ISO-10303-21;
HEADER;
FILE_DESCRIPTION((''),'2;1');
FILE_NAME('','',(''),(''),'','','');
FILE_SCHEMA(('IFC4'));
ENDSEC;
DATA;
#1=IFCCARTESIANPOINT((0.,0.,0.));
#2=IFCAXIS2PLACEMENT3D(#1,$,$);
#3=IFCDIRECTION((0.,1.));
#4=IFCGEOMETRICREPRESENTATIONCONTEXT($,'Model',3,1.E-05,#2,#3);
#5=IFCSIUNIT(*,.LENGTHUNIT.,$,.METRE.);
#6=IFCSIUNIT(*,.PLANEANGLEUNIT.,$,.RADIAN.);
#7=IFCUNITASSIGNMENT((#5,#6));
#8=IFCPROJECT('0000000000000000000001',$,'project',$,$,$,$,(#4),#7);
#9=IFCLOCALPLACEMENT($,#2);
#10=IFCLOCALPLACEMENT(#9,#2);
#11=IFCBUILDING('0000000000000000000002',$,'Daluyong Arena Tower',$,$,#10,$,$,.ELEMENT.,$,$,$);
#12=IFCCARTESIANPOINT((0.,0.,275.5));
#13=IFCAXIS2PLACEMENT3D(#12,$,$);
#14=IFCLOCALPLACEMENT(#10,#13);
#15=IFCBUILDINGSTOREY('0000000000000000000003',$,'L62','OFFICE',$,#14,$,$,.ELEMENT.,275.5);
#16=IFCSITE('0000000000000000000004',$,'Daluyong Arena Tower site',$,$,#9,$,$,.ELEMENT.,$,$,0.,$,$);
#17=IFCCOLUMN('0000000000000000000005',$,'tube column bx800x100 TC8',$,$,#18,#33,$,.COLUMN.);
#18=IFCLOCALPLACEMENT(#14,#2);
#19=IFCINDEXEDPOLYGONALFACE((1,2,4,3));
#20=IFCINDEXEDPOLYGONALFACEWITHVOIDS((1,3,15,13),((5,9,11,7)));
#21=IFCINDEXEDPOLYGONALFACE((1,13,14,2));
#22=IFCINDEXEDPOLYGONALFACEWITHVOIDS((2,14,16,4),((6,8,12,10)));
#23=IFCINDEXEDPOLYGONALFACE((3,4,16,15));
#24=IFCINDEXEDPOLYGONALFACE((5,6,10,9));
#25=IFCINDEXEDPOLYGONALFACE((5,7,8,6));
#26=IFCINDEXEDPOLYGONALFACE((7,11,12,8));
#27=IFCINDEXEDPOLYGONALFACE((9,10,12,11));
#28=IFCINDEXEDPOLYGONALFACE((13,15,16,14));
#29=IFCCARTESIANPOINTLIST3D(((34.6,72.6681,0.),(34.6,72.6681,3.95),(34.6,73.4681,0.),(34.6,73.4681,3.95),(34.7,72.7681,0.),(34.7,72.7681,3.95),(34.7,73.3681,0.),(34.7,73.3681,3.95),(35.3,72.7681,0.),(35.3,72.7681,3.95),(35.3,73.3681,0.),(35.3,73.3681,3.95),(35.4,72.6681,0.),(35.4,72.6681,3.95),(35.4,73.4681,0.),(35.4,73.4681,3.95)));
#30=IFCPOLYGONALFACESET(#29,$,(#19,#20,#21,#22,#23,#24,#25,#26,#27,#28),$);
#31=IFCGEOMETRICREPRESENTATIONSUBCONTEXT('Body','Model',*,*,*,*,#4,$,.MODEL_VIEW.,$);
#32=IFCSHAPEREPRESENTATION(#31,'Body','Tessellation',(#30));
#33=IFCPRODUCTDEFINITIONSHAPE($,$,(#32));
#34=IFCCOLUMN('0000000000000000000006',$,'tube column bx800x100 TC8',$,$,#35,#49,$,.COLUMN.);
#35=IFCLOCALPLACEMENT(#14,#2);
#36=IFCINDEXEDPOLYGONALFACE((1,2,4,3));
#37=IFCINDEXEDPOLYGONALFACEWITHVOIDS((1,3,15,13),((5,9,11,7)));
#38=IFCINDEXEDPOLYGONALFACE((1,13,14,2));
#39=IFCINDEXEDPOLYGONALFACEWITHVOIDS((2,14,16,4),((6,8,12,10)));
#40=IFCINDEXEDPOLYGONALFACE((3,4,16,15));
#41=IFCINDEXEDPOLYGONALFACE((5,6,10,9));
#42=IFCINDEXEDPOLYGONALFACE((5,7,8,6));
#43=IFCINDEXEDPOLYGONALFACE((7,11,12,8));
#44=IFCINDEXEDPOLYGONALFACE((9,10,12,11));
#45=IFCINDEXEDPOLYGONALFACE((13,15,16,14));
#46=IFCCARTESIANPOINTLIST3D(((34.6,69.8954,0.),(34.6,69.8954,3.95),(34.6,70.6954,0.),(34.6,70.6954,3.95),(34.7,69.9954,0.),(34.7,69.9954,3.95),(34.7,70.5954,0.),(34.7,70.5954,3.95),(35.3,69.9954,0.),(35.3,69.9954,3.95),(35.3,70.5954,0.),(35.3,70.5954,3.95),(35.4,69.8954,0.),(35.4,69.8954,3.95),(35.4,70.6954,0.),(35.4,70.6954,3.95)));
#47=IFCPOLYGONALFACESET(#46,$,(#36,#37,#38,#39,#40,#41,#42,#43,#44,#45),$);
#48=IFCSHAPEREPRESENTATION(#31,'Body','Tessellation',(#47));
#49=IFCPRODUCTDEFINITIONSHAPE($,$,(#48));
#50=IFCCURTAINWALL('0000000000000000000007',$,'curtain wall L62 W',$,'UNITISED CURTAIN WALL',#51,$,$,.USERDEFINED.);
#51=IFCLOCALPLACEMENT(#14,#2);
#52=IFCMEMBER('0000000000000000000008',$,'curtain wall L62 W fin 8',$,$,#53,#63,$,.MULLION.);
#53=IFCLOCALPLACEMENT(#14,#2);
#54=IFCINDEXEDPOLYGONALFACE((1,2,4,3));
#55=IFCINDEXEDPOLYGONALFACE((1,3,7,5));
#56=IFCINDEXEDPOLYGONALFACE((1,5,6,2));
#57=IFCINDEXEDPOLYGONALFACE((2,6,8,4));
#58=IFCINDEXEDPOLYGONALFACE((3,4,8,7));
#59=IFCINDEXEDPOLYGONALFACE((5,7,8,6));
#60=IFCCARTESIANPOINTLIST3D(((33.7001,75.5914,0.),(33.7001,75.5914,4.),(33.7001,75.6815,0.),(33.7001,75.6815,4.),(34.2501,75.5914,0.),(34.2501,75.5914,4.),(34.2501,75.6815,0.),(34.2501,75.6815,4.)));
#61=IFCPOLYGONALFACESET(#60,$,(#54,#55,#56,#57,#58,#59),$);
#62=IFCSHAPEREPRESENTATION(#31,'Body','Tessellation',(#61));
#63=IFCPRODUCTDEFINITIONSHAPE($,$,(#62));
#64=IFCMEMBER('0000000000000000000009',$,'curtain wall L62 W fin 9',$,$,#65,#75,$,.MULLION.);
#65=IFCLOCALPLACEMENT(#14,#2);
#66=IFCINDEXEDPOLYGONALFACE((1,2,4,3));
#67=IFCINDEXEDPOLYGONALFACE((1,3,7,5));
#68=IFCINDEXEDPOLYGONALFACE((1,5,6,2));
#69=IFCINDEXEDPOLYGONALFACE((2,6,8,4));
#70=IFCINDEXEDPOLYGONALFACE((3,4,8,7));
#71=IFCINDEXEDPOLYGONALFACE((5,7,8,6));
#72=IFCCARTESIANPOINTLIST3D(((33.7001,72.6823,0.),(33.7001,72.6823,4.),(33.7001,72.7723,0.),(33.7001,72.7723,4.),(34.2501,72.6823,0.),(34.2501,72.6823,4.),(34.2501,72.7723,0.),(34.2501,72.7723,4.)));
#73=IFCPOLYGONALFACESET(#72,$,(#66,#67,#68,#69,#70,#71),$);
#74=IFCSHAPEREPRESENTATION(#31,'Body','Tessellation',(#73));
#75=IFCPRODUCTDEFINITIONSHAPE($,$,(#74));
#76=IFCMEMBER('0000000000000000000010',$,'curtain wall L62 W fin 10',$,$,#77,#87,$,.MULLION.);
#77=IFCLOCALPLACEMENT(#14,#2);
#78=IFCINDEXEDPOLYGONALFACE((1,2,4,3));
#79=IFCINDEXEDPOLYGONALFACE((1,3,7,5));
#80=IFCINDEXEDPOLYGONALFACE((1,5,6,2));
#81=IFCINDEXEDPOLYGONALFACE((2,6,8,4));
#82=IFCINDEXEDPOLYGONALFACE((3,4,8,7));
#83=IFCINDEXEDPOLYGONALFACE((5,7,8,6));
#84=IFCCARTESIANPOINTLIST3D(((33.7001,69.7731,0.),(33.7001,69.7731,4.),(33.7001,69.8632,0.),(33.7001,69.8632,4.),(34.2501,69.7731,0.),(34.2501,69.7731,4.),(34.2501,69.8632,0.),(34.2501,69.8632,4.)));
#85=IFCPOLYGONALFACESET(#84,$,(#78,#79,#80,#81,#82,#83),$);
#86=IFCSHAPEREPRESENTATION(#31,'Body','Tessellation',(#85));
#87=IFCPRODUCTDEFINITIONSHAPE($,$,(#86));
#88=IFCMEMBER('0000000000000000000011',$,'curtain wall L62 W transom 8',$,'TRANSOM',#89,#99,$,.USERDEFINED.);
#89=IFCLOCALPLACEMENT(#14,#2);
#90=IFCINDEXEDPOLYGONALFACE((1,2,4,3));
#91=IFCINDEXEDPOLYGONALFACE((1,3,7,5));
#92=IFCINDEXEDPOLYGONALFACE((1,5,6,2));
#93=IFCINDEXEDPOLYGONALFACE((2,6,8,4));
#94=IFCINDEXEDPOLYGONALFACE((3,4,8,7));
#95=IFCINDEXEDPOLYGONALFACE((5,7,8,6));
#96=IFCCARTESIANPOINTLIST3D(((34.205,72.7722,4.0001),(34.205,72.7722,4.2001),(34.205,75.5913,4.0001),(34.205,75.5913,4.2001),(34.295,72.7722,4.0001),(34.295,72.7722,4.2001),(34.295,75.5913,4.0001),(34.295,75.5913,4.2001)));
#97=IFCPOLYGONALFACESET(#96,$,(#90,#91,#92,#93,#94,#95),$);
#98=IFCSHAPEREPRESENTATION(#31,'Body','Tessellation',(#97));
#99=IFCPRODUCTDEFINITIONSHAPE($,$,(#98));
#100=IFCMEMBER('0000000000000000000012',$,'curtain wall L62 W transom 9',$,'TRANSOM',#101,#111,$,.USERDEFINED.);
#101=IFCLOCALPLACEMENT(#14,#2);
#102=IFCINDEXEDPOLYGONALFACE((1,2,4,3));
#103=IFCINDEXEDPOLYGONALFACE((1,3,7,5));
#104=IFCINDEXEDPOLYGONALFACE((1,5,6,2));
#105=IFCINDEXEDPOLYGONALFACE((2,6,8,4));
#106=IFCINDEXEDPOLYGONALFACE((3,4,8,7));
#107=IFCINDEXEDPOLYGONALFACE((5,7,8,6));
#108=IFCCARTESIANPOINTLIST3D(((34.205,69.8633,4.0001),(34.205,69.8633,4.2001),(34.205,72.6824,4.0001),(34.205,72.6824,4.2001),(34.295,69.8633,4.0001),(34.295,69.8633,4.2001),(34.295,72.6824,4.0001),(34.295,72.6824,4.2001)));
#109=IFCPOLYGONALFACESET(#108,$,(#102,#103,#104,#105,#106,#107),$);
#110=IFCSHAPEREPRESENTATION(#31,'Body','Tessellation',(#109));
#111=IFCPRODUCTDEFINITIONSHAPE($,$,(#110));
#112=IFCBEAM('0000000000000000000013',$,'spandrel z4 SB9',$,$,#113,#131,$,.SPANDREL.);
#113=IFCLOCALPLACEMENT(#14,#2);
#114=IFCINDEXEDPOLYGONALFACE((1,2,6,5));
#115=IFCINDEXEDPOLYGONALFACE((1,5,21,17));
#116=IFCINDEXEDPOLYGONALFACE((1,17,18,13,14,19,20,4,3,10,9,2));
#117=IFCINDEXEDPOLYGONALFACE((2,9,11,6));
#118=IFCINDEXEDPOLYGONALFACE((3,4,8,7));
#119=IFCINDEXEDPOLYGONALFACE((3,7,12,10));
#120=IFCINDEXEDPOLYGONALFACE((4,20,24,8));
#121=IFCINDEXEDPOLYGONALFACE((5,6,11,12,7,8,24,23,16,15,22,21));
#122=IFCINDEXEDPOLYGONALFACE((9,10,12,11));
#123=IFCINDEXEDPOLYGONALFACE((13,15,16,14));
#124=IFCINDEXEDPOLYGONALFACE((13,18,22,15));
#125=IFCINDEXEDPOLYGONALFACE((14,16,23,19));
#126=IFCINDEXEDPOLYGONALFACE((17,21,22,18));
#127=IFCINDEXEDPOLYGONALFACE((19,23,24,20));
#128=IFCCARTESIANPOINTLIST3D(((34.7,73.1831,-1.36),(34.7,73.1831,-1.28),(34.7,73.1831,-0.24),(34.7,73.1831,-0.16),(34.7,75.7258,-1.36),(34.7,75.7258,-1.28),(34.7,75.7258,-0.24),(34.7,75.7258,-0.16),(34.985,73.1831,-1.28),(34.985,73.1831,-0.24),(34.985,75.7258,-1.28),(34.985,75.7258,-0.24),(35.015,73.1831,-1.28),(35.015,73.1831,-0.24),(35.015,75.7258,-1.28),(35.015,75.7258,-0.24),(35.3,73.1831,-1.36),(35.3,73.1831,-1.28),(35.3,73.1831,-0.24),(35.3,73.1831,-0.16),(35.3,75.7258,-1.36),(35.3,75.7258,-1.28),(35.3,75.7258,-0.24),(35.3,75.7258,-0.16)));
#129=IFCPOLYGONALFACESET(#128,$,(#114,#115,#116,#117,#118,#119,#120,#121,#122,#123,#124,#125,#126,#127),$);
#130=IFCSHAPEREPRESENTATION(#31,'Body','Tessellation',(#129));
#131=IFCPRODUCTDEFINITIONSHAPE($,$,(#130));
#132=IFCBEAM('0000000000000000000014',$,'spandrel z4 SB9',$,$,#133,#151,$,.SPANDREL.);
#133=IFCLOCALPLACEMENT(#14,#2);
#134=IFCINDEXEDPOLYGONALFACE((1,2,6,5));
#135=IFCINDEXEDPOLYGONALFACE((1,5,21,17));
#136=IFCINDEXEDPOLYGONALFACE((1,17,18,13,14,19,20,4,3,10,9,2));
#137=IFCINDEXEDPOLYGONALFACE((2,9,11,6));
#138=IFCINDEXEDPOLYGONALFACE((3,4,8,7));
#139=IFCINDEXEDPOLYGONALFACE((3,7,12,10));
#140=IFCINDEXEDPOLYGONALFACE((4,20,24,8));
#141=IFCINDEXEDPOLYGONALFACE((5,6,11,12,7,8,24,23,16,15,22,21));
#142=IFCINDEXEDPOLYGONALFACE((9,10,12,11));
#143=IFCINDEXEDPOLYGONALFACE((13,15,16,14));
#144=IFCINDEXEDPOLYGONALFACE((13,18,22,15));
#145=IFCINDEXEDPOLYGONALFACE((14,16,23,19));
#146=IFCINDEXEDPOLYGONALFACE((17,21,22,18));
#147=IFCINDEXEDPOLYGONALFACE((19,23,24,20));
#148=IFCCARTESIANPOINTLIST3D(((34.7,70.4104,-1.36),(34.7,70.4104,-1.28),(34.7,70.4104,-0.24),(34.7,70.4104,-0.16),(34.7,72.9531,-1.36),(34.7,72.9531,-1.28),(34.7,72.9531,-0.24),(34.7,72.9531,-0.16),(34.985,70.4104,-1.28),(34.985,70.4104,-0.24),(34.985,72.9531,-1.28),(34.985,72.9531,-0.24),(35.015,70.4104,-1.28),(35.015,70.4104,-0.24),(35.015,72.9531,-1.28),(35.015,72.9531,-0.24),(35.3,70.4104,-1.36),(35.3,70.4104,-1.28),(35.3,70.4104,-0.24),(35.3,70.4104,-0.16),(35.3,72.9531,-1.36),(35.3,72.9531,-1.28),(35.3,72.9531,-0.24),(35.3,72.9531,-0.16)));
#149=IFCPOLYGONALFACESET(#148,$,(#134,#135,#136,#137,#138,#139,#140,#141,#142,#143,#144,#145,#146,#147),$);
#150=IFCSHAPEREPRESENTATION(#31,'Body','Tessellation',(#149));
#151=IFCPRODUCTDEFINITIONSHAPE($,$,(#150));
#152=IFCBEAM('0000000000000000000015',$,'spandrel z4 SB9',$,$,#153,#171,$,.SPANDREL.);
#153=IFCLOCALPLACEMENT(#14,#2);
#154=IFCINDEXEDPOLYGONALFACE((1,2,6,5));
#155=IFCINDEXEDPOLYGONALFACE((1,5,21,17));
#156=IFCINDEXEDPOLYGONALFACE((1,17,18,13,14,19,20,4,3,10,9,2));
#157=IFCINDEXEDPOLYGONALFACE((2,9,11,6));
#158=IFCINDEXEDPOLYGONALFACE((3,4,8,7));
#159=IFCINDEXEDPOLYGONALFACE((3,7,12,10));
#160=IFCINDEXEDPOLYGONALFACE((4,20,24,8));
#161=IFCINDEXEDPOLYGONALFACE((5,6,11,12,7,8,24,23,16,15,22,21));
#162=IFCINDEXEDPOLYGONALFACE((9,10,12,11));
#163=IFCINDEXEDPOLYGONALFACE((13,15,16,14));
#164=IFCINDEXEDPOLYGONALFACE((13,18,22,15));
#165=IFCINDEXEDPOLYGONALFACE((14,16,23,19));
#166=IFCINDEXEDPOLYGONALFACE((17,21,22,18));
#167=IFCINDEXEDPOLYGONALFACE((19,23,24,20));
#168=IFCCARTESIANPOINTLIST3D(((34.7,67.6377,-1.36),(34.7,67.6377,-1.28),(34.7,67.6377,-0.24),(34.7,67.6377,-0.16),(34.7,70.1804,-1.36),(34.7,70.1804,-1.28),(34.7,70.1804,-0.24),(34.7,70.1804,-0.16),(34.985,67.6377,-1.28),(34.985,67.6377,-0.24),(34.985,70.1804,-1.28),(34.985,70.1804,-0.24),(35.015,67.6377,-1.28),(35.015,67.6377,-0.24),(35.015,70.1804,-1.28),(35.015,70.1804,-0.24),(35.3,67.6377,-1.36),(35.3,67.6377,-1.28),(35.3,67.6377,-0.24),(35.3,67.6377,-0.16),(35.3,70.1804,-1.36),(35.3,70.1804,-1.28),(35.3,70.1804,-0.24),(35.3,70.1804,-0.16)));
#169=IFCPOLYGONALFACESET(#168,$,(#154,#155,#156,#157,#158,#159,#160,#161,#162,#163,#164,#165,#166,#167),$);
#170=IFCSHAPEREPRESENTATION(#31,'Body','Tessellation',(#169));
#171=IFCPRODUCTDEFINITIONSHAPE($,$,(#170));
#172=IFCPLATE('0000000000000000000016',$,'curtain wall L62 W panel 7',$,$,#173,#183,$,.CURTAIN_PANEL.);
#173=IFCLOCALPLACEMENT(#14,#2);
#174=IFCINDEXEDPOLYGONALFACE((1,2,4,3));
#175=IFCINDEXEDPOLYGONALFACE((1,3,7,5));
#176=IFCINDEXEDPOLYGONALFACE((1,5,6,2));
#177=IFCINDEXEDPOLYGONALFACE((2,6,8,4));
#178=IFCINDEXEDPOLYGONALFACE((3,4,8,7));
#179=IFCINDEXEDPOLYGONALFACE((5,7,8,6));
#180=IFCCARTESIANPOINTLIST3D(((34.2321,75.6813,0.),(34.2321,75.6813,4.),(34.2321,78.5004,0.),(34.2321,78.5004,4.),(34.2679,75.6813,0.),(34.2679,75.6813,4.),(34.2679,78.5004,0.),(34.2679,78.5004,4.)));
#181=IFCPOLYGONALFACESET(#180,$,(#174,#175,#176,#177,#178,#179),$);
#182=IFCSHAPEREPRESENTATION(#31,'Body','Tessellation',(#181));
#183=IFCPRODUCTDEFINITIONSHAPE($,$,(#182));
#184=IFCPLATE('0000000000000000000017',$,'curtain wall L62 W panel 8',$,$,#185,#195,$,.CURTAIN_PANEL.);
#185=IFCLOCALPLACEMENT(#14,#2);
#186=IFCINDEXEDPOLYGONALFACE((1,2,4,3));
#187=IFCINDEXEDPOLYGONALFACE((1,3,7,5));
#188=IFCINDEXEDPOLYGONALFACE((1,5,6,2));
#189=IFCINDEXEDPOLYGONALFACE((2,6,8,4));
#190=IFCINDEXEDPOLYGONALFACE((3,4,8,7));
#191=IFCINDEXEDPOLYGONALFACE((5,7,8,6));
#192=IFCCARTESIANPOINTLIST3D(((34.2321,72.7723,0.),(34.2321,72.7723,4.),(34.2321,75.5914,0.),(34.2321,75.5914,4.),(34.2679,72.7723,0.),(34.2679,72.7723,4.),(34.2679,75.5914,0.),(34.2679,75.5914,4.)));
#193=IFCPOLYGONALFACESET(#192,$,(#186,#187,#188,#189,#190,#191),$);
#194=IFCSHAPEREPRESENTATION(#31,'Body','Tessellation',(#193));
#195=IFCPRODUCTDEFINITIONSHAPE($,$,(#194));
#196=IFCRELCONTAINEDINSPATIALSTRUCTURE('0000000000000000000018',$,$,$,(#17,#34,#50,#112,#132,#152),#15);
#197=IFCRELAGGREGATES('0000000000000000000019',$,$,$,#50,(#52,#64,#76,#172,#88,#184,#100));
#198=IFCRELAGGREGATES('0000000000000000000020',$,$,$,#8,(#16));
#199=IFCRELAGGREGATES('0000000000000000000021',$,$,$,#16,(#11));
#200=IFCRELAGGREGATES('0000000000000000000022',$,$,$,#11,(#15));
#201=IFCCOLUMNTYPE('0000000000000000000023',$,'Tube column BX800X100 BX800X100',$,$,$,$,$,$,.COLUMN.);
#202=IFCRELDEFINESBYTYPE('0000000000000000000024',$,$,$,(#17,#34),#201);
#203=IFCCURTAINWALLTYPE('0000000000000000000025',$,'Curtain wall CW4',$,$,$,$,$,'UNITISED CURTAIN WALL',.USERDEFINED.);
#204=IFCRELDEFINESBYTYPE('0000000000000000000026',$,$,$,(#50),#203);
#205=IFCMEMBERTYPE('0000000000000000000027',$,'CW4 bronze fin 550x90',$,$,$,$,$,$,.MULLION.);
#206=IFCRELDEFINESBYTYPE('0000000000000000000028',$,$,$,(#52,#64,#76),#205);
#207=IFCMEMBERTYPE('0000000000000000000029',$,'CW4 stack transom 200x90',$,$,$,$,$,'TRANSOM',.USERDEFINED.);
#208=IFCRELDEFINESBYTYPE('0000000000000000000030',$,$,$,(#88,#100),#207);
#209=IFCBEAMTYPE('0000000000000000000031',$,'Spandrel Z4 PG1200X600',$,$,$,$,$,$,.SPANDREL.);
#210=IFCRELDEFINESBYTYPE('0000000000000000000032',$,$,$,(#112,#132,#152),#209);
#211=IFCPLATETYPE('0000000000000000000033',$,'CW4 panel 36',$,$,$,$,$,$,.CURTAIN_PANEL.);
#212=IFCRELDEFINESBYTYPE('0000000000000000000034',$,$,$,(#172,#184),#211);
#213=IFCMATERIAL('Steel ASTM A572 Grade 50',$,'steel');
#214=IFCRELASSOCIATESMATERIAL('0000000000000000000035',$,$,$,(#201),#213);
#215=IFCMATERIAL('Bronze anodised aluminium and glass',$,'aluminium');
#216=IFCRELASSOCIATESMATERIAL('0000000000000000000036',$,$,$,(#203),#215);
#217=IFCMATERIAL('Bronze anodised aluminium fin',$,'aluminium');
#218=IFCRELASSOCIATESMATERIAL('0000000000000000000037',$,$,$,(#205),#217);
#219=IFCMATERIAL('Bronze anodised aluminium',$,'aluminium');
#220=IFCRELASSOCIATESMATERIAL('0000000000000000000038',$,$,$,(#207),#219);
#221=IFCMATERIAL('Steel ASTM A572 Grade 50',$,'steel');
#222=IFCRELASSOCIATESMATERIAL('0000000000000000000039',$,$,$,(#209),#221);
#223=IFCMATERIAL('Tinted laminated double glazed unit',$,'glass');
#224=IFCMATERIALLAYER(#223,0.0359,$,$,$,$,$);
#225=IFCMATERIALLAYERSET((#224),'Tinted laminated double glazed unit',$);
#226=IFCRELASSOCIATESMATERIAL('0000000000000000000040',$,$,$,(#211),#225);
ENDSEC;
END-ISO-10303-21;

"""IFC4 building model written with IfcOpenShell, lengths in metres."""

from ifc_helpers import new_model, si_unit, direction, frame, origin, origin_2d, place, context, subcontext, project, spatial, rectangle, hollow_rectangle, i_section, extrude, material, layer, layer_set, material_profile, profile_set, type_object, element, aggregate, save


model = new_model("IFC4")

# Units and contexts
model_context = context("Model", 3, precision=1e-05, world=origin(), true_north=direction((0.0, 1.0)))
body_context = subcontext(model_context, "Body", "Model", "MODEL_VIEW")
ifc_project = project(units=[si_unit("LENGTHUNIT", "METRE"), si_unit("PLANEANGLEUNIT", "RADIAN")], contexts=[model_context])

# Site, building, storey
site_placement = place(None, origin())
site = spatial("IfcSite", under=ifc_project, at=site_placement, Name="Daluyong Arena Tower site", CompositionType="ELEMENT", RefElevation=0.0)
building_placement = place(site_placement, origin())
building = spatial("IfcBuilding", under=site, at=building_placement, Name="Daluyong Arena Tower", CompositionType="ELEMENT")
storey_placement = place(building_placement, frame((0.0, 0.0, 275.5)))
storey = spatial("IfcBuildingStorey", under=building, at=storey_placement, Name="L62", Description="OFFICE", CompositionType="ELEMENT", Elevation=275.5)

# Columns
ifc_material_1 = material(Name="Steel ASTM A572 Grade 50", Category="steel")
ifc_material_profile_1 = material_profile(ifc_material_1, hollow_rectangle(XDim=0.8, YDim=0.8, WallThickness=0.1, at=origin_2d()))
ifc_profile_set_1 = profile_set([ifc_material_profile_1], Name="Steel ASTM A572 Grade 50")
column_type = type_object("IfcColumnType", Name="Tube column BX800X100 BX800X100", PredefinedType="COLUMN", material=ifc_profile_set_1)
for number, where, z_axis, x_axis, name in (
    (1, (35.0, 73.0681, 0.0), (0.0, 0.0, 1.0), (0.0, 1.0, 0.0), "tube column bx800x100 TC8"),
    (2, (35.0, 70.2954, 0.0), (0.0, 0.0, 1.0), (0.0, 1.0, 0.0), "tube column bx800x100 TC8"),
):
    element("IfcColumn", number, at=place(storey_placement, frame(where, z_axis=z_axis, x_axis=x_axis)), inside=storey, type_object=column_type, Name=name, PredefinedType="COLUMN", context=body_context, shape_type="SweptSolid", body=[
        extrude(hollow_rectangle(XDim=0.8, YDim=0.8, WallThickness=0.1, at=origin_2d()), origin(), (0.0, 0.0, 1.0), 3.95),
    ])

# Curtain wall, members
ifc_material_2 = material(Name="Bronze anodised aluminium and glass", Category="aluminium")
curtain_wall_type = type_object("IfcCurtainWallType", Name="Curtain wall CW4", ElementType="UNITISED CURTAIN WALL", PredefinedType="USERDEFINED", material=ifc_material_2)
curtain_wall_placement = place(storey_placement, origin())
curtain_wall = element("IfcCurtainWall", 3, at=curtain_wall_placement, inside=storey, type_object=curtain_wall_type, Name="curtain wall L62 W", ObjectType="UNITISED CURTAIN WALL", PredefinedType="USERDEFINED")
ifc_material_3 = material(Name="Bronze anodised aluminium fin", Category="aluminium")
ifc_material_profile_2 = material_profile(ifc_material_3, rectangle(XDim=0.55, YDim=0.0901, at=origin_2d()))
ifc_profile_set_2 = profile_set([ifc_material_profile_2], Name="Bronze anodised aluminium fin")
member_type_1 = type_object("IfcMemberType", Name="CW4 bronze fin 550x90", PredefinedType="MULLION", material=ifc_profile_set_2)
member_1_placement = place(storey_placement, frame((33.9751, 75.6365, 0.0), z_axis=(0.0, 0.0, 1.0), x_axis=(1.0, 0.0, 0.0)))
member_1 = element("IfcMember", 4, at=member_1_placement, type_object=member_type_1, Name="curtain wall L62 W fin 8", PredefinedType="MULLION", context=body_context, shape_type="SweptSolid", body=[
    extrude(rectangle(XDim=0.55, YDim=0.0901, at=origin_2d()), origin(), (0.0, 0.0, 1.0), 4.0),
])
member_2_placement = place(storey_placement, frame((33.9751, 72.7273, 0.0), z_axis=(0.0, 0.0, 1.0), x_axis=(1.0, 0.0, 0.0)))
member_2 = element("IfcMember", 5, at=member_2_placement, type_object=member_type_1, Name="curtain wall L62 W fin 9", PredefinedType="MULLION", context=body_context, shape_type="SweptSolid", body=[
    extrude(rectangle(XDim=0.55, YDim=0.0901, at=origin_2d()), origin(), (0.0, 0.0, 1.0), 4.0),
])
member_3_placement = place(storey_placement, frame((33.9751, 69.8181, 0.0), z_axis=(0.0, 0.0, 1.0), x_axis=(1.0, 0.0, 0.0)))
member_3 = element("IfcMember", 6, at=member_3_placement, type_object=member_type_1, Name="curtain wall L62 W fin 10", PredefinedType="MULLION", context=body_context, shape_type="SweptSolid", body=[
    extrude(rectangle(XDim=0.55, YDim=0.0901, at=origin_2d()), origin(), (0.0, 0.0, 1.0), 4.0),
])
ifc_material_4 = material(Name="Bronze anodised aluminium", Category="aluminium")
ifc_material_profile_3 = material_profile(ifc_material_4, rectangle(XDim=0.0901, YDim=0.2, at=origin_2d()))
ifc_profile_set_3 = profile_set([ifc_material_profile_3], Name="Bronze anodised aluminium")
member_type_2 = type_object("IfcMemberType", Name="CW4 stack transom 200x90", ElementType="TRANSOM", PredefinedType="USERDEFINED", material=ifc_profile_set_3)
member_4_placement = place(storey_placement, frame((34.25, 75.5913, 4.1001), z_axis=(0.0, -1.0, 0.0), x_axis=(1.0, 0.0, 0.0)))
member_4 = element("IfcMember", 7, at=member_4_placement, type_object=member_type_2, Name="curtain wall L62 W transom 8", ObjectType="TRANSOM", PredefinedType="USERDEFINED", context=body_context, shape_type="SweptSolid", body=[
    extrude(rectangle(XDim=0.0901, YDim=0.2, at=origin_2d()), origin(), (0.0, 0.0, 1.0), 2.8191),
])
member_5_placement = place(storey_placement, frame((34.25, 72.6824, 4.1001), z_axis=(0.0, -1.0, 0.0), x_axis=(1.0, 0.0, 0.0)))
member_5 = element("IfcMember", 8, at=member_5_placement, type_object=member_type_2, Name="curtain wall L62 W transom 9", ObjectType="TRANSOM", PredefinedType="USERDEFINED", context=body_context, shape_type="SweptSolid", body=[
    extrude(rectangle(XDim=0.0901, YDim=0.2, at=origin_2d()), origin(), (0.0, 0.0, 1.0), 2.8191),
])

# Beams
ifc_material_5 = material(Name="Steel ASTM A572 Grade 50", Category="steel")
ifc_material_profile_4 = material_profile(ifc_material_5, i_section(OverallWidth=0.6001, OverallDepth=1.2, WebThickness=0.03, FlangeThickness=0.08, at=origin_2d()))
ifc_profile_set_4 = profile_set([ifc_material_profile_4], Name="Steel ASTM A572 Grade 50")
beam_type = type_object("IfcBeamType", Name="Spandrel Z4 PG1200X600", PredefinedType="SPANDREL", material=ifc_profile_set_4)
for number, where, z_axis, x_axis, name in (
    (9, (35.0, 75.7258, -0.76), (0.0, -1.0, 0.0), (1.0, 0.0, 0.0), "spandrel z4 SB9"),
    (10, (35.0, 72.9531, -0.76), (0.0, -1.0, 0.0), (1.0, 0.0, 0.0), "spandrel z4 SB9"),
    (11, (35.0, 70.1804, -0.76), (0.0, -1.0, 0.0), (1.0, 0.0, 0.0), "spandrel z4 SB9"),
):
    element("IfcBeam", number, at=place(storey_placement, frame(where, z_axis=z_axis, x_axis=x_axis)), inside=storey, type_object=beam_type, Name=name, PredefinedType="SPANDREL", context=body_context, shape_type="SweptSolid", body=[
        extrude(i_section(OverallWidth=0.6001, OverallDepth=1.2, WebThickness=0.03, FlangeThickness=0.08, at=origin_2d()), origin(), (0.0, 0.0, 1.0), 2.5427),
    ])

# Plates
ifc_material_6 = material(Name="Tinted laminated double glazed unit", Category="glass")
ifc_layer = layer(ifc_material_6, 0.0359)
ifc_layer_set = layer_set([ifc_layer], Name="Tinted laminated double glazed unit")
plate_type = type_object("IfcPlateType", Name="CW4 panel 36", PredefinedType="CURTAIN_PANEL", material=ifc_layer_set)
plate_1_placement = place(storey_placement, frame((34.25, 77.0908, 0.0), z_axis=(0.0, 0.0, 1.0), x_axis=(0.0, -1.0, 0.0)))
plate_1 = element("IfcPlate", 12, at=plate_1_placement, type_object=plate_type, Name="curtain wall L62 W panel 7", PredefinedType="CURTAIN_PANEL", context=body_context, shape_type="SweptSolid", body=[
    extrude(rectangle(XDim=2.8191, YDim=0.0359, at=origin_2d()), origin(), (0.0, 0.0, 1.0), 4.0),
])
plate_2_placement = place(storey_placement, frame((34.25, 74.1819, 0.0), z_axis=(0.0, 0.0, 1.0), x_axis=(0.0, -1.0, 0.0)))
plate_2 = element("IfcPlate", 13, at=plate_2_placement, type_object=plate_type, Name="curtain wall L62 W panel 8", PredefinedType="CURTAIN_PANEL", context=body_context, shape_type="SweptSolid", body=[
    extrude(rectangle(XDim=2.8191, YDim=0.0359, at=origin_2d()), origin(), (0.0, 0.0, 1.0), 4.0),
])
aggregate(curtain_wall, [member_1, member_2, member_3, plate_1, member_4, plate_2, member_5])

save(model, "model.ifc")
